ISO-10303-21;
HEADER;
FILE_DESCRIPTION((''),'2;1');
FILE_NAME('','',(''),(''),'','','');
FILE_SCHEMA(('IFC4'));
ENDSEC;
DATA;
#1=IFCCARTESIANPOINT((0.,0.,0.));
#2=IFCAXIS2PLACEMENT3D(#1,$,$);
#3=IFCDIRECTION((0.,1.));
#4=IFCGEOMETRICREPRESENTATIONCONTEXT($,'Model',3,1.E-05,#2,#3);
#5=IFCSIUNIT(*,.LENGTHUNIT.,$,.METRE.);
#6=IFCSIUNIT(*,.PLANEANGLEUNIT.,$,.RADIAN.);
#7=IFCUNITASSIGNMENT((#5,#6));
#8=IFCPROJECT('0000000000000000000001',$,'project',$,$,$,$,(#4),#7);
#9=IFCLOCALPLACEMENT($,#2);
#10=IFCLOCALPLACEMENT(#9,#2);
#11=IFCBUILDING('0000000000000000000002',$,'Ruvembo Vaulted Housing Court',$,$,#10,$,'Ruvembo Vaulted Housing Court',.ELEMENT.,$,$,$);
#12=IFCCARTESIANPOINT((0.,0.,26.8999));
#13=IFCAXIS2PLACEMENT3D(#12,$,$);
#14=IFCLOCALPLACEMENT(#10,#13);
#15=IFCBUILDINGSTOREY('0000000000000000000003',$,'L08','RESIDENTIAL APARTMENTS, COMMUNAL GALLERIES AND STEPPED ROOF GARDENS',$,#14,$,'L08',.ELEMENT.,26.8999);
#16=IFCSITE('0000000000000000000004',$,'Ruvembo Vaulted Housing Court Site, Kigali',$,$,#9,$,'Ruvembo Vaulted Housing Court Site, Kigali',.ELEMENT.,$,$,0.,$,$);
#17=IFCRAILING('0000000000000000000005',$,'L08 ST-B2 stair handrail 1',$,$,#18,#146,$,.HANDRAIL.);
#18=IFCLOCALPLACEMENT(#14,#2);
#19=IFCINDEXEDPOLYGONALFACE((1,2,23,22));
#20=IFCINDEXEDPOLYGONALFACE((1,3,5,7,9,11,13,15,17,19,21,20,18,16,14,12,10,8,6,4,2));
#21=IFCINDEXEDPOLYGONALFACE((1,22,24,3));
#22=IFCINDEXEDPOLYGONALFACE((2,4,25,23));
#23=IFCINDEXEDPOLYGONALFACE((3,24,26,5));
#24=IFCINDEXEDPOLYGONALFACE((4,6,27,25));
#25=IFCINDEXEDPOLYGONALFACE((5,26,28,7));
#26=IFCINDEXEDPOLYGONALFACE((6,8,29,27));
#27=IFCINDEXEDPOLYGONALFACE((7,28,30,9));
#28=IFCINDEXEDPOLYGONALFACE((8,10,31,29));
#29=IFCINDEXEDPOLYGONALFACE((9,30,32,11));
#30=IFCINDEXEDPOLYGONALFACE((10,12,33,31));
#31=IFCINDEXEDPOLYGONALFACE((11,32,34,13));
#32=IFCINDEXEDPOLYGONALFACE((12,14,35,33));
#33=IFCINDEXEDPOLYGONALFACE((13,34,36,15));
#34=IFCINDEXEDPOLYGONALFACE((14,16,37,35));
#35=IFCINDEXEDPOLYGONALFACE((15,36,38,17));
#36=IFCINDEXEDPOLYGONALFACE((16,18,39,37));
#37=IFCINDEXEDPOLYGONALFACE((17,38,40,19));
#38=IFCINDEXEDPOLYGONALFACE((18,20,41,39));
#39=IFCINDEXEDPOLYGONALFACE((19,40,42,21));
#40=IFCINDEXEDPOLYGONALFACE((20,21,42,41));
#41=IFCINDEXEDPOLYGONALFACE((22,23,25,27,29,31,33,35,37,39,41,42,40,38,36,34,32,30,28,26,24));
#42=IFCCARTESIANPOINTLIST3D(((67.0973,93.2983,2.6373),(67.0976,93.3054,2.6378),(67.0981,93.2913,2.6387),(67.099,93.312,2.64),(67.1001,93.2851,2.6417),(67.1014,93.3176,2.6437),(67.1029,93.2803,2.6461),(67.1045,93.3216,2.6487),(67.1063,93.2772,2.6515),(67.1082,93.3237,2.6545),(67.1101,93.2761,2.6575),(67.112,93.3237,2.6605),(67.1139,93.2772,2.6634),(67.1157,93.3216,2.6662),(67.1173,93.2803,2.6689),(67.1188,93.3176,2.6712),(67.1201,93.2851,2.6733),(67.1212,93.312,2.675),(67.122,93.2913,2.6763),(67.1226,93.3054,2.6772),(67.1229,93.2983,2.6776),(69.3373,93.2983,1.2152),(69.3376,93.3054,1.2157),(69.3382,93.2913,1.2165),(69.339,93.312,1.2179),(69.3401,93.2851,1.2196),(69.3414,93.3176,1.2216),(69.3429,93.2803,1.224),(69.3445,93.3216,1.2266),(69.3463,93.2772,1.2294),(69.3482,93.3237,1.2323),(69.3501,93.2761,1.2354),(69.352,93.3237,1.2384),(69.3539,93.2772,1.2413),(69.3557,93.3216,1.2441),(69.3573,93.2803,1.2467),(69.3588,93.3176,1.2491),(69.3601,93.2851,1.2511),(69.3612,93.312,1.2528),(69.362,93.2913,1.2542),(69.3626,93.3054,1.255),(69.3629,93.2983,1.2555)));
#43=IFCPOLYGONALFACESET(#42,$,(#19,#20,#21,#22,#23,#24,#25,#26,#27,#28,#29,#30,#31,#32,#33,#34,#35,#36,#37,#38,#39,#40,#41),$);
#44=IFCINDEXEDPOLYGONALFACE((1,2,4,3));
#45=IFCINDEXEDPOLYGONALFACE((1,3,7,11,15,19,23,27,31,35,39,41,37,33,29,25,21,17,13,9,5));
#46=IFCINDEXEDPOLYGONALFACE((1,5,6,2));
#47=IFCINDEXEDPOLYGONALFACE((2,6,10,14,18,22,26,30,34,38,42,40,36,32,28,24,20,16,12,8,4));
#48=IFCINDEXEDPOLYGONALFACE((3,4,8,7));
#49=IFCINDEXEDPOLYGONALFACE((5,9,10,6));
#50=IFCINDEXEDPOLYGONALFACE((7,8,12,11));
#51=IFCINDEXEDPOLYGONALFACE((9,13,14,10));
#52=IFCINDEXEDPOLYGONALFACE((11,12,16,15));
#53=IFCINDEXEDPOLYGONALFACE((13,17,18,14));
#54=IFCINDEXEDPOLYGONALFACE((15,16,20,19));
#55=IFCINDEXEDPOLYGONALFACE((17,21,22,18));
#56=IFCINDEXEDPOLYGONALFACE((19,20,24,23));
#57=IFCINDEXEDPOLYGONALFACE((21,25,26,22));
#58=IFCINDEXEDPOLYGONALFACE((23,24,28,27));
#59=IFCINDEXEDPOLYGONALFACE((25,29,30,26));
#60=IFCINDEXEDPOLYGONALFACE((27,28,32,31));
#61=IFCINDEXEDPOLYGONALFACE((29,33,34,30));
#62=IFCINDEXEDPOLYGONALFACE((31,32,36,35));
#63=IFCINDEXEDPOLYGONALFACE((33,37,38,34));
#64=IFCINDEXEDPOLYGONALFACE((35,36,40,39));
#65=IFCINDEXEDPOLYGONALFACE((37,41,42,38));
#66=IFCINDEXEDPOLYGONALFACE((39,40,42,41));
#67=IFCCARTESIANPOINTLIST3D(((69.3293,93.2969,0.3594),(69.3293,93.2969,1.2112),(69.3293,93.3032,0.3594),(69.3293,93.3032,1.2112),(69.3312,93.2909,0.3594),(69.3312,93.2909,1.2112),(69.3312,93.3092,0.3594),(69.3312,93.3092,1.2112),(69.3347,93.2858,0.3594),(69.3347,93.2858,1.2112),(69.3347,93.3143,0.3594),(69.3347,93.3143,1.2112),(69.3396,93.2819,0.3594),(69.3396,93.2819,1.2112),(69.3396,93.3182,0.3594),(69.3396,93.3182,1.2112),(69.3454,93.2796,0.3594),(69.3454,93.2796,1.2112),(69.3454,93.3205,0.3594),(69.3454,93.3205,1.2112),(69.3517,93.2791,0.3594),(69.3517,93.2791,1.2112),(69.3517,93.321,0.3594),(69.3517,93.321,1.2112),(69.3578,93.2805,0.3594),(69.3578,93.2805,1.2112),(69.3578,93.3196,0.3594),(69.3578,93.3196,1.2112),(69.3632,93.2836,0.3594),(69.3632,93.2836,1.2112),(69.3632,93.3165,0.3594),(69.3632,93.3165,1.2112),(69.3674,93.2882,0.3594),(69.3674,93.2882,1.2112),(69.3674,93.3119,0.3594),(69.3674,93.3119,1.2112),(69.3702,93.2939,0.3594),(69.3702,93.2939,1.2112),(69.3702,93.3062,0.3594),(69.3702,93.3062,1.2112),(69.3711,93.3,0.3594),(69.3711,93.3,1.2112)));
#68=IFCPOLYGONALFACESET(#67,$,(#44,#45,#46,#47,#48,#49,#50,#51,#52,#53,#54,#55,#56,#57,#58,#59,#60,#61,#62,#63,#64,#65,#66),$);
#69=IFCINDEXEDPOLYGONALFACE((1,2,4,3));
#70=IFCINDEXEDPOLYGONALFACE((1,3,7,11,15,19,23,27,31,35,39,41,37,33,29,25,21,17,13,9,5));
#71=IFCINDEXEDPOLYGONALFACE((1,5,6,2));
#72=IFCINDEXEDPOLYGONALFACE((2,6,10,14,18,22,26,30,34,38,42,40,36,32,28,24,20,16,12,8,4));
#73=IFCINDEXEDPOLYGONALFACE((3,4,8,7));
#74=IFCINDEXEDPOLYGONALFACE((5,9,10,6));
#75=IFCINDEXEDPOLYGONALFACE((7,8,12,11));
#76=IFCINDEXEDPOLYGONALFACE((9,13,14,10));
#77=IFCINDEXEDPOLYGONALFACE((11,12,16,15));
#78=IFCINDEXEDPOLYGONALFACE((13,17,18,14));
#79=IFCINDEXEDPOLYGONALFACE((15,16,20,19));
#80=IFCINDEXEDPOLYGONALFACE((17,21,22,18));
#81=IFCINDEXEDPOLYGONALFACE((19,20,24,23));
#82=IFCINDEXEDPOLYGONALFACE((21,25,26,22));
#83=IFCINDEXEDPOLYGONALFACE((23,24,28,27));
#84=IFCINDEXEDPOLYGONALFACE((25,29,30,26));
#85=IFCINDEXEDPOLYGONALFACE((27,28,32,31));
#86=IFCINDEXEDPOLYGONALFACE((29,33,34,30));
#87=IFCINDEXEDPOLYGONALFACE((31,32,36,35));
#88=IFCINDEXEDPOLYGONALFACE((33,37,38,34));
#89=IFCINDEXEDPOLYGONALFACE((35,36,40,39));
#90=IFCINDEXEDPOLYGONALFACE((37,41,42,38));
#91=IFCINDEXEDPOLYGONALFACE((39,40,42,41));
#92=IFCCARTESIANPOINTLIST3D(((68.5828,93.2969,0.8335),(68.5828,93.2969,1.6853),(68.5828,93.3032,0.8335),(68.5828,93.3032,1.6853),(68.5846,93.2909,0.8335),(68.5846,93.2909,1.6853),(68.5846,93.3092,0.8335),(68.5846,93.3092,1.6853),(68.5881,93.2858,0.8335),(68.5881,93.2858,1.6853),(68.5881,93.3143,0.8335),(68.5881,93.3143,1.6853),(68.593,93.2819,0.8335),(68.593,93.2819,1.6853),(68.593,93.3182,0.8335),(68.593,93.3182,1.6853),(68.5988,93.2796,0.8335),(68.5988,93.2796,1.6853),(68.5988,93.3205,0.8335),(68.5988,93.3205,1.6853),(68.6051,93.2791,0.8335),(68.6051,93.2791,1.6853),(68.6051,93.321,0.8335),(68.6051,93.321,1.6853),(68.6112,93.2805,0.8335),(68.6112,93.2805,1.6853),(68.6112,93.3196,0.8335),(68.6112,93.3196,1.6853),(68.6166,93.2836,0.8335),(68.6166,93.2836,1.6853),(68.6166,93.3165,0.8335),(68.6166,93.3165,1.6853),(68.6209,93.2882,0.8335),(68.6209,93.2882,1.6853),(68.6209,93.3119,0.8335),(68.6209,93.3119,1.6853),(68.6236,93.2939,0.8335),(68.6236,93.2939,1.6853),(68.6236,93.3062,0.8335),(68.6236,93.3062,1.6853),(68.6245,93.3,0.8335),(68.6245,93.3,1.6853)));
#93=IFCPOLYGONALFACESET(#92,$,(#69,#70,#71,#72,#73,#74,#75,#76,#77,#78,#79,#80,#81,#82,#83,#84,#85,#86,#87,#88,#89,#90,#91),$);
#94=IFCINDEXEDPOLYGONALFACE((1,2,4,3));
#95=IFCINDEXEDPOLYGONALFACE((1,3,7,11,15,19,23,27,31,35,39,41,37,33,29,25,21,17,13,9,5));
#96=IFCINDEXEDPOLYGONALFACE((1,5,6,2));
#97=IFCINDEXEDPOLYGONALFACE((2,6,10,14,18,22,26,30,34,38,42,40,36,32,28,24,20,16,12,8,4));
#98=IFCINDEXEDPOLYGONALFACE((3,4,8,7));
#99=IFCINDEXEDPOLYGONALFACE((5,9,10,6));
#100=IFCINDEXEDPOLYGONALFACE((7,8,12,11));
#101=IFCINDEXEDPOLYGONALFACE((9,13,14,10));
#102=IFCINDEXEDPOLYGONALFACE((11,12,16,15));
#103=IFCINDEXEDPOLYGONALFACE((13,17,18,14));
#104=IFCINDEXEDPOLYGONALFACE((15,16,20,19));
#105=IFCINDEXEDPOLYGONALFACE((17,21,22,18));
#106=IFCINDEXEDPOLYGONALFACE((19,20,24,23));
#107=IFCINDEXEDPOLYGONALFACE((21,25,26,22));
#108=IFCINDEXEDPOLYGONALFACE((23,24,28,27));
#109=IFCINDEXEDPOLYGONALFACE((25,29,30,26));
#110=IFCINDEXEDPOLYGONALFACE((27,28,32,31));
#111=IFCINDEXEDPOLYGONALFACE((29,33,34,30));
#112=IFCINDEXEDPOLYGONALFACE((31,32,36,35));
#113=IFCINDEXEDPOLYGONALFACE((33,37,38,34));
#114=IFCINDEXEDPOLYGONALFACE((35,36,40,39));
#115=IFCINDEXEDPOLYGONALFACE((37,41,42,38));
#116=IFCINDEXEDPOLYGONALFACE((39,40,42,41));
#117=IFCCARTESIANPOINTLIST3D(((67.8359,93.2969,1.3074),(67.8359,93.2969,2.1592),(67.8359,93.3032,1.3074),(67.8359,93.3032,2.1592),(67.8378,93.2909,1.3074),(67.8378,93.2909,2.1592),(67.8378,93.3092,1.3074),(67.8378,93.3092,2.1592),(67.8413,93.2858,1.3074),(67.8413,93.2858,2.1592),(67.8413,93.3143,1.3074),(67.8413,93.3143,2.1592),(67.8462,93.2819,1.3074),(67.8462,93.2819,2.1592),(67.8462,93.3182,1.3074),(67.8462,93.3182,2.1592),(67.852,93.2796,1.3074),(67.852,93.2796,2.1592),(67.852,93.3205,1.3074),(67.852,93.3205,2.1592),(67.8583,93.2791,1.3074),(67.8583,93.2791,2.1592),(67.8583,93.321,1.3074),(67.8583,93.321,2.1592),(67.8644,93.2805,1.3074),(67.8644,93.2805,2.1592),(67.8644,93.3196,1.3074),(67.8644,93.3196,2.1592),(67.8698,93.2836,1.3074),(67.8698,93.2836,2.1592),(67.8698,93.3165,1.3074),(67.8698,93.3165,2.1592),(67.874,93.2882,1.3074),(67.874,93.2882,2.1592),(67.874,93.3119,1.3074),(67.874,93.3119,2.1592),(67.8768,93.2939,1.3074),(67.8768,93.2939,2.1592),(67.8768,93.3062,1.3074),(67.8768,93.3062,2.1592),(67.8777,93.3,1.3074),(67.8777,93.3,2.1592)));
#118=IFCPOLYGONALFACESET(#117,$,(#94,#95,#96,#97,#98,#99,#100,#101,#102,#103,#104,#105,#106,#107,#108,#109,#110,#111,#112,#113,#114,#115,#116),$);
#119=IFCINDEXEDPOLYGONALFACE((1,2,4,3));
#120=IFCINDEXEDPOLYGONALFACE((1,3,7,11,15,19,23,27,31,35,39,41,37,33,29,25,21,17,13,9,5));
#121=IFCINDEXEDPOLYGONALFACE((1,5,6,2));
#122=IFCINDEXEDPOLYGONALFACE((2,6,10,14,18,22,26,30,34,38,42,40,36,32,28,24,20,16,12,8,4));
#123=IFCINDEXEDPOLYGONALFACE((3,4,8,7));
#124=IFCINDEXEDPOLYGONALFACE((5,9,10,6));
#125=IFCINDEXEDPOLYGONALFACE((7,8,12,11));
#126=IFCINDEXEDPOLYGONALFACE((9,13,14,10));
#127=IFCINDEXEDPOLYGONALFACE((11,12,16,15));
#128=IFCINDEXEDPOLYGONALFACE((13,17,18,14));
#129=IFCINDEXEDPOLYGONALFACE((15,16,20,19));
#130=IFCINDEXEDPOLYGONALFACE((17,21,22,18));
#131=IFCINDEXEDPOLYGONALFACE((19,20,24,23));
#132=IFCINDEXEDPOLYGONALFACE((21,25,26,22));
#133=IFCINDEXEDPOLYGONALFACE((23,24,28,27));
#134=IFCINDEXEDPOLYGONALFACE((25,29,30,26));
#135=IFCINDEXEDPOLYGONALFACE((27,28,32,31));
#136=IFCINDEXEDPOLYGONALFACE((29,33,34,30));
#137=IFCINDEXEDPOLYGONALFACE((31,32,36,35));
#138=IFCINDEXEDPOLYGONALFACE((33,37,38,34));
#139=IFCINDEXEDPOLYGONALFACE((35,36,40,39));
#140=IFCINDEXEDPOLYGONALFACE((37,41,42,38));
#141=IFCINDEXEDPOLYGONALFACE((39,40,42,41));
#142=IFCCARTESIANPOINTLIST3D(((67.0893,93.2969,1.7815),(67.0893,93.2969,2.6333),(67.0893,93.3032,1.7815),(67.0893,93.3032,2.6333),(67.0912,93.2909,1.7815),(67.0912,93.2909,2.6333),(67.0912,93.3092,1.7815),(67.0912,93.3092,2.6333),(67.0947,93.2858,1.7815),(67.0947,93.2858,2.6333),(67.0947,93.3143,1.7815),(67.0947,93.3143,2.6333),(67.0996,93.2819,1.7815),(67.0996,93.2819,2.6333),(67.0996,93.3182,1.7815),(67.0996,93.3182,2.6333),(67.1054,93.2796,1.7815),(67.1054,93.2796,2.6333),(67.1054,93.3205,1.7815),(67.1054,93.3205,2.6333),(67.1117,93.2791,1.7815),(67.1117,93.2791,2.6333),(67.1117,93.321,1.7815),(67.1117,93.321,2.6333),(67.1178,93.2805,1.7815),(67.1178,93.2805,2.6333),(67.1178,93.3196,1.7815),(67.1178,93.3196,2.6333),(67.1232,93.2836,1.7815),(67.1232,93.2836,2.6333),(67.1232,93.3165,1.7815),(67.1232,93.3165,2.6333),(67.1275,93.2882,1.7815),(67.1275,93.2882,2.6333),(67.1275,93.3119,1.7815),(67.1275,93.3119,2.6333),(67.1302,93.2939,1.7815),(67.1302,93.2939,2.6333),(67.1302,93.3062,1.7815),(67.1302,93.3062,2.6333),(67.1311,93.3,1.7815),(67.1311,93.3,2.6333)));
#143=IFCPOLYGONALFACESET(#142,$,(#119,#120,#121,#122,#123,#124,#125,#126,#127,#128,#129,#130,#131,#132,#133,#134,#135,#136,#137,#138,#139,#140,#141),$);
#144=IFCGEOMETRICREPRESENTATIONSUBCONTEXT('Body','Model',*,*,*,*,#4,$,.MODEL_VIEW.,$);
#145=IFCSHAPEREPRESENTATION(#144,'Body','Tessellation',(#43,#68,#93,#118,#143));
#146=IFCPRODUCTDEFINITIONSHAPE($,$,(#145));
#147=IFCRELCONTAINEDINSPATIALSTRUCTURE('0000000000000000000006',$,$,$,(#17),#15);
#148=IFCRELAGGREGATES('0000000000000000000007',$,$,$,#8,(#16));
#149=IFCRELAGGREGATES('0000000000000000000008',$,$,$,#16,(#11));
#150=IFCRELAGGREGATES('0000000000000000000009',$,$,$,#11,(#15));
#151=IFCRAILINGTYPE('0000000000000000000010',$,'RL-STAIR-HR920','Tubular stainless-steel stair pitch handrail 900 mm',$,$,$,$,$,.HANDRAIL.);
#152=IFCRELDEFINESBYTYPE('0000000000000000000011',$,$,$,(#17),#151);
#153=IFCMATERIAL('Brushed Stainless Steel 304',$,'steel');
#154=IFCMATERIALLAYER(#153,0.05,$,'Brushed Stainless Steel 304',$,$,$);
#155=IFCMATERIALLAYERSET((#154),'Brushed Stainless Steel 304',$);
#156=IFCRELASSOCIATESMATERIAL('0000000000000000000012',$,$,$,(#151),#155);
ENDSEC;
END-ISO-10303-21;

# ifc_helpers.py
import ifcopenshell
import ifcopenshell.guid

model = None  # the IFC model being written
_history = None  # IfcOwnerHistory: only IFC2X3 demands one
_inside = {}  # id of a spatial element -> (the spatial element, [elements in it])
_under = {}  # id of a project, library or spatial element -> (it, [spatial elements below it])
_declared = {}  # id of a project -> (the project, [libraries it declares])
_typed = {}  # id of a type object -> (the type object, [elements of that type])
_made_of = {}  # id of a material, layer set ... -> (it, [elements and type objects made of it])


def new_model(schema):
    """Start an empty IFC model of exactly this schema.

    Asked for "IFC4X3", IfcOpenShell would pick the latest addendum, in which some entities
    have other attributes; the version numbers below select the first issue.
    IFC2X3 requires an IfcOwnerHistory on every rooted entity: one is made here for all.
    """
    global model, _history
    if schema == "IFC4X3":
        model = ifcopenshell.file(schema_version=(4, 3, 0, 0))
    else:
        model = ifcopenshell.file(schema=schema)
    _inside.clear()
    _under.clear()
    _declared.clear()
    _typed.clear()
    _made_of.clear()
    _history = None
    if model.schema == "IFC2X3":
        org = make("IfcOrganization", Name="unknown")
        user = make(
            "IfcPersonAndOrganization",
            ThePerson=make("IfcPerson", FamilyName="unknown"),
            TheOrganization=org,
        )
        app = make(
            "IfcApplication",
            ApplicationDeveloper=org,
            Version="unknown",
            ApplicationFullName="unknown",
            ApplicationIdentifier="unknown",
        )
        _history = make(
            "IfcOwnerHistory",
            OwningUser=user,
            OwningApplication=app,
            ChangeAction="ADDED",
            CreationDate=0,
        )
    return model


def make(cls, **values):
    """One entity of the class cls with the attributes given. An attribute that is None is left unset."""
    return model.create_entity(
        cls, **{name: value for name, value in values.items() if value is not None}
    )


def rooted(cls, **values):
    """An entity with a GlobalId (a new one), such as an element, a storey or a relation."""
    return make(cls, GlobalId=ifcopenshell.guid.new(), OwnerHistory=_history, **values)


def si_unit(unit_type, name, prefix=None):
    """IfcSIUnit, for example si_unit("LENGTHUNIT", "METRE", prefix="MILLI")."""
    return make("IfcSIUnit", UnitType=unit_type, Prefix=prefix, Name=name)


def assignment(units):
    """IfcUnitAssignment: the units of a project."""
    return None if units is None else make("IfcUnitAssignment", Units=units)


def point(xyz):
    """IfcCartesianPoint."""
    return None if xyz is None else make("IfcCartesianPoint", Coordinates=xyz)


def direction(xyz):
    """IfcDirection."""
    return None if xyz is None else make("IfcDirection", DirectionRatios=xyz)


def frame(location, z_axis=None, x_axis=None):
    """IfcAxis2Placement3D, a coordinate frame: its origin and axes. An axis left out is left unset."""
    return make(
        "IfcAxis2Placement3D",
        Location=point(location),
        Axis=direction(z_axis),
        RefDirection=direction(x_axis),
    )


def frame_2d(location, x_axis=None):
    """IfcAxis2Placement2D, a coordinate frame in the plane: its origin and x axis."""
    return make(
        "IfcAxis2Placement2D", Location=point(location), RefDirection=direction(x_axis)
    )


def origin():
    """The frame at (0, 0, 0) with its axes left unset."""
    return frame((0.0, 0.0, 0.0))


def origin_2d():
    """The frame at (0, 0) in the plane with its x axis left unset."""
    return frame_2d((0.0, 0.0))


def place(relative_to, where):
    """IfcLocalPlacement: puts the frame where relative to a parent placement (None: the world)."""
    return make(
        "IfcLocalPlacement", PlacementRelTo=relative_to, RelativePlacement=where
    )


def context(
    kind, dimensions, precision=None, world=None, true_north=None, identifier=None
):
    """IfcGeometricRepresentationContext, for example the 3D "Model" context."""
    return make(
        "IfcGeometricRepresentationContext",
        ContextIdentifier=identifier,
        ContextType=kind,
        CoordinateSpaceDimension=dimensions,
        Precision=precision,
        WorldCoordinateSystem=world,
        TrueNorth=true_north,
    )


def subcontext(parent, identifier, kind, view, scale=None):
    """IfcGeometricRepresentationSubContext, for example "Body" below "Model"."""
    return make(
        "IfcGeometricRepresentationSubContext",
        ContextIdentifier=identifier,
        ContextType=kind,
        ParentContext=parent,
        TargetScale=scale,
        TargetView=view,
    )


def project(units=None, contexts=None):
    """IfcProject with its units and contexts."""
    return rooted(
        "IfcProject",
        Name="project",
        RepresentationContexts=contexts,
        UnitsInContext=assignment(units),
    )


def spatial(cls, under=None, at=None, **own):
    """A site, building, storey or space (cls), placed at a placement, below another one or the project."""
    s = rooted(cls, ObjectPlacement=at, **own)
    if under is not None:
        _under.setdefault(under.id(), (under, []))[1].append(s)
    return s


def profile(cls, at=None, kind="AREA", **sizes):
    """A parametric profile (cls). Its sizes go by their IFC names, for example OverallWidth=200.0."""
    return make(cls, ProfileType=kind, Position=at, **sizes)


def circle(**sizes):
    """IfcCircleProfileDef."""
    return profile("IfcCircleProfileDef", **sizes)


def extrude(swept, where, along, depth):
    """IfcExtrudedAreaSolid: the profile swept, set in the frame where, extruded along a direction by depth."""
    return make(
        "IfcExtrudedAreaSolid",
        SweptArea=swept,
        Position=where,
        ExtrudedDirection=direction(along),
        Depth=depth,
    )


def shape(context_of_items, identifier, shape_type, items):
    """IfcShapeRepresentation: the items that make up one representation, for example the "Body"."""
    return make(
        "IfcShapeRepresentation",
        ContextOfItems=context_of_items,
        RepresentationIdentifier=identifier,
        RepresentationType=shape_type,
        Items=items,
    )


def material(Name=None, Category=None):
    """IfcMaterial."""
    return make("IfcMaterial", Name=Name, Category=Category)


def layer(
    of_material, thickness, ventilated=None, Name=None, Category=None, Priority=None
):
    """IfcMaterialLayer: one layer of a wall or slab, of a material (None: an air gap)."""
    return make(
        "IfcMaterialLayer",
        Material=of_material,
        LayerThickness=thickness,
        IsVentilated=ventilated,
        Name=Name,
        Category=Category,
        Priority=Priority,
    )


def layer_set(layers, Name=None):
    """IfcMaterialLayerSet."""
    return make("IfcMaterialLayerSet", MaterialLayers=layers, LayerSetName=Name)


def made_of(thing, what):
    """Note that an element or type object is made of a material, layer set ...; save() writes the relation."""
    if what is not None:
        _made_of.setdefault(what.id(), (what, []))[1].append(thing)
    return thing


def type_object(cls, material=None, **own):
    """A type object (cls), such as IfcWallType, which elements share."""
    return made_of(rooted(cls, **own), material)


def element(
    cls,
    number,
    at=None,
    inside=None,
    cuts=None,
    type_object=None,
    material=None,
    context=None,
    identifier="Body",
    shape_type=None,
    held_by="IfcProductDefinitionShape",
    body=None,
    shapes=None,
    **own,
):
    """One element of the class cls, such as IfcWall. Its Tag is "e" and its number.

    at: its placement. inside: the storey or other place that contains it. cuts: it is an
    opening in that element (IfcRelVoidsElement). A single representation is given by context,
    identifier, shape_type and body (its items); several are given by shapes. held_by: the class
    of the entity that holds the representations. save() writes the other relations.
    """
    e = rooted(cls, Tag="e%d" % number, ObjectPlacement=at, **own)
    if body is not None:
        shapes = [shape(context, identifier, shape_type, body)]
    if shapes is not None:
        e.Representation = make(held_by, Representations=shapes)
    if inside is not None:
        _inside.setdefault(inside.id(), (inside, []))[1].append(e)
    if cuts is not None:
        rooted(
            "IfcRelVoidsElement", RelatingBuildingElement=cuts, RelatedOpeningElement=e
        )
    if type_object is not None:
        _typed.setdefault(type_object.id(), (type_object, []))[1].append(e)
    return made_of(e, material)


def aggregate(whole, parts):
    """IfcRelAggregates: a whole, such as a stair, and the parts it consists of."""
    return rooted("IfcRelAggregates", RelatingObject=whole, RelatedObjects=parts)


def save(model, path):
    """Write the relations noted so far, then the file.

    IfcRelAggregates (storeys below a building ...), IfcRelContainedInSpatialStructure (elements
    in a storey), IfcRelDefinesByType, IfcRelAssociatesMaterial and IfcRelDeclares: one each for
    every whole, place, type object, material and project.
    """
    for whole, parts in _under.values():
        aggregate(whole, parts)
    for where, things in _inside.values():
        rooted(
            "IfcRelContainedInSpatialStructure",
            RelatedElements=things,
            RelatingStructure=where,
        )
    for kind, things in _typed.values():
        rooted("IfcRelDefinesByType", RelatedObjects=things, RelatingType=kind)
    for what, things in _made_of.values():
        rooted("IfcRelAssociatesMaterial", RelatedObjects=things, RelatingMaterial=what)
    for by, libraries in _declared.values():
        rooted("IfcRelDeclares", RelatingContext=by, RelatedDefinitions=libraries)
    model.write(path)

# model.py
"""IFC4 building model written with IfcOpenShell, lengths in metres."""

from ifc_helpers import new_model, si_unit, direction, frame, origin, origin_2d, place, context, subcontext, project, spatial, circle, extrude, material, layer, layer_set, type_object, element, save


model = new_model("IFC4")

# Units and contexts
model_context = context("Model", 3, precision=1e-05, world=origin(), true_north=direction((0.0, 1.0)))
body_context = subcontext(model_context, "Body", "Model", "MODEL_VIEW")
ifc_project = project(units=[si_unit("LENGTHUNIT", "METRE"), si_unit("PLANEANGLEUNIT", "RADIAN")], contexts=[model_context])

# Site, building, storey
site_placement = place(None, origin())
site = spatial("IfcSite", under=ifc_project, at=site_placement, Name="Ruvembo Vaulted Housing Court Site, Kigali", LongName="Ruvembo Vaulted Housing Court Site, Kigali", CompositionType="ELEMENT", RefElevation=0.0)
building_placement = place(site_placement, origin())
building = spatial("IfcBuilding", under=site, at=building_placement, Name="Ruvembo Vaulted Housing Court", LongName="Ruvembo Vaulted Housing Court", CompositionType="ELEMENT")
storey_placement = place(building_placement, frame((0.0, 0.0, 26.8999)))
storey = spatial("IfcBuildingStorey", under=building, at=storey_placement, Name="L08", Description="RESIDENTIAL APARTMENTS, COMMUNAL GALLERIES AND STEPPED ROOF GARDENS", LongName="L08", CompositionType="ELEMENT", Elevation=26.8999)

# Shared definitions
ifc_material_1 = material(Name="Brushed Stainless Steel 304", Category="steel")

# Railing
ifc_layer_1 = layer(ifc_material_1, 0.05, Name="Brushed Stainless Steel 304")
ifc_layer_set_1 = layer_set([ifc_layer_1], Name="Brushed Stainless Steel 304")
railing_type_1 = type_object("IfcRailingType", Name="RL-STAIR-HR920", Description="Tubular stainless-steel stair pitch handrail 900 mm", PredefinedType="HANDRAIL", material=ifc_layer_set_1)
railing_1_placement = place(storey_placement, frame((69.3501, 93.3, 0.3594)))
element("IfcRailing", 1, at=railing_1_placement, inside=storey, type_object=railing_type_1, Name="L08 ST-B2 stair handrail 1", PredefinedType="HANDRAIL", context=body_context, shape_type="SweptSolid", body=[
    extrude(circle(Radius=0.0239, at=origin_2d()), frame((0.0, 0.0, 0.876), z_axis=(-0.844229, 0.0, 0.535982), x_axis=(0.0, -1.0, 0.0)), (0.0, 0.0, 1.0), 2.6533),
    extrude(circle(Radius=0.021, at=origin_2d()), origin(), (0.0, 0.0, 1.0), 0.8518),
    extrude(circle(Radius=0.021, at=origin_2d()), frame((-0.7466, 0.0, 0.4741)), (0.0, 0.0, 1.0), 0.8518),
    extrude(circle(Radius=0.021, at=origin_2d()), frame((-1.4934, 0.0, 0.948)), (0.0, 0.0, 1.0), 0.8518),
    extrude(circle(Radius=0.021, at=origin_2d()), frame((-2.24, 0.0, 1.4221)), (0.0, 0.0, 1.0), 0.8518),
])

save(model, "model.ifc")
